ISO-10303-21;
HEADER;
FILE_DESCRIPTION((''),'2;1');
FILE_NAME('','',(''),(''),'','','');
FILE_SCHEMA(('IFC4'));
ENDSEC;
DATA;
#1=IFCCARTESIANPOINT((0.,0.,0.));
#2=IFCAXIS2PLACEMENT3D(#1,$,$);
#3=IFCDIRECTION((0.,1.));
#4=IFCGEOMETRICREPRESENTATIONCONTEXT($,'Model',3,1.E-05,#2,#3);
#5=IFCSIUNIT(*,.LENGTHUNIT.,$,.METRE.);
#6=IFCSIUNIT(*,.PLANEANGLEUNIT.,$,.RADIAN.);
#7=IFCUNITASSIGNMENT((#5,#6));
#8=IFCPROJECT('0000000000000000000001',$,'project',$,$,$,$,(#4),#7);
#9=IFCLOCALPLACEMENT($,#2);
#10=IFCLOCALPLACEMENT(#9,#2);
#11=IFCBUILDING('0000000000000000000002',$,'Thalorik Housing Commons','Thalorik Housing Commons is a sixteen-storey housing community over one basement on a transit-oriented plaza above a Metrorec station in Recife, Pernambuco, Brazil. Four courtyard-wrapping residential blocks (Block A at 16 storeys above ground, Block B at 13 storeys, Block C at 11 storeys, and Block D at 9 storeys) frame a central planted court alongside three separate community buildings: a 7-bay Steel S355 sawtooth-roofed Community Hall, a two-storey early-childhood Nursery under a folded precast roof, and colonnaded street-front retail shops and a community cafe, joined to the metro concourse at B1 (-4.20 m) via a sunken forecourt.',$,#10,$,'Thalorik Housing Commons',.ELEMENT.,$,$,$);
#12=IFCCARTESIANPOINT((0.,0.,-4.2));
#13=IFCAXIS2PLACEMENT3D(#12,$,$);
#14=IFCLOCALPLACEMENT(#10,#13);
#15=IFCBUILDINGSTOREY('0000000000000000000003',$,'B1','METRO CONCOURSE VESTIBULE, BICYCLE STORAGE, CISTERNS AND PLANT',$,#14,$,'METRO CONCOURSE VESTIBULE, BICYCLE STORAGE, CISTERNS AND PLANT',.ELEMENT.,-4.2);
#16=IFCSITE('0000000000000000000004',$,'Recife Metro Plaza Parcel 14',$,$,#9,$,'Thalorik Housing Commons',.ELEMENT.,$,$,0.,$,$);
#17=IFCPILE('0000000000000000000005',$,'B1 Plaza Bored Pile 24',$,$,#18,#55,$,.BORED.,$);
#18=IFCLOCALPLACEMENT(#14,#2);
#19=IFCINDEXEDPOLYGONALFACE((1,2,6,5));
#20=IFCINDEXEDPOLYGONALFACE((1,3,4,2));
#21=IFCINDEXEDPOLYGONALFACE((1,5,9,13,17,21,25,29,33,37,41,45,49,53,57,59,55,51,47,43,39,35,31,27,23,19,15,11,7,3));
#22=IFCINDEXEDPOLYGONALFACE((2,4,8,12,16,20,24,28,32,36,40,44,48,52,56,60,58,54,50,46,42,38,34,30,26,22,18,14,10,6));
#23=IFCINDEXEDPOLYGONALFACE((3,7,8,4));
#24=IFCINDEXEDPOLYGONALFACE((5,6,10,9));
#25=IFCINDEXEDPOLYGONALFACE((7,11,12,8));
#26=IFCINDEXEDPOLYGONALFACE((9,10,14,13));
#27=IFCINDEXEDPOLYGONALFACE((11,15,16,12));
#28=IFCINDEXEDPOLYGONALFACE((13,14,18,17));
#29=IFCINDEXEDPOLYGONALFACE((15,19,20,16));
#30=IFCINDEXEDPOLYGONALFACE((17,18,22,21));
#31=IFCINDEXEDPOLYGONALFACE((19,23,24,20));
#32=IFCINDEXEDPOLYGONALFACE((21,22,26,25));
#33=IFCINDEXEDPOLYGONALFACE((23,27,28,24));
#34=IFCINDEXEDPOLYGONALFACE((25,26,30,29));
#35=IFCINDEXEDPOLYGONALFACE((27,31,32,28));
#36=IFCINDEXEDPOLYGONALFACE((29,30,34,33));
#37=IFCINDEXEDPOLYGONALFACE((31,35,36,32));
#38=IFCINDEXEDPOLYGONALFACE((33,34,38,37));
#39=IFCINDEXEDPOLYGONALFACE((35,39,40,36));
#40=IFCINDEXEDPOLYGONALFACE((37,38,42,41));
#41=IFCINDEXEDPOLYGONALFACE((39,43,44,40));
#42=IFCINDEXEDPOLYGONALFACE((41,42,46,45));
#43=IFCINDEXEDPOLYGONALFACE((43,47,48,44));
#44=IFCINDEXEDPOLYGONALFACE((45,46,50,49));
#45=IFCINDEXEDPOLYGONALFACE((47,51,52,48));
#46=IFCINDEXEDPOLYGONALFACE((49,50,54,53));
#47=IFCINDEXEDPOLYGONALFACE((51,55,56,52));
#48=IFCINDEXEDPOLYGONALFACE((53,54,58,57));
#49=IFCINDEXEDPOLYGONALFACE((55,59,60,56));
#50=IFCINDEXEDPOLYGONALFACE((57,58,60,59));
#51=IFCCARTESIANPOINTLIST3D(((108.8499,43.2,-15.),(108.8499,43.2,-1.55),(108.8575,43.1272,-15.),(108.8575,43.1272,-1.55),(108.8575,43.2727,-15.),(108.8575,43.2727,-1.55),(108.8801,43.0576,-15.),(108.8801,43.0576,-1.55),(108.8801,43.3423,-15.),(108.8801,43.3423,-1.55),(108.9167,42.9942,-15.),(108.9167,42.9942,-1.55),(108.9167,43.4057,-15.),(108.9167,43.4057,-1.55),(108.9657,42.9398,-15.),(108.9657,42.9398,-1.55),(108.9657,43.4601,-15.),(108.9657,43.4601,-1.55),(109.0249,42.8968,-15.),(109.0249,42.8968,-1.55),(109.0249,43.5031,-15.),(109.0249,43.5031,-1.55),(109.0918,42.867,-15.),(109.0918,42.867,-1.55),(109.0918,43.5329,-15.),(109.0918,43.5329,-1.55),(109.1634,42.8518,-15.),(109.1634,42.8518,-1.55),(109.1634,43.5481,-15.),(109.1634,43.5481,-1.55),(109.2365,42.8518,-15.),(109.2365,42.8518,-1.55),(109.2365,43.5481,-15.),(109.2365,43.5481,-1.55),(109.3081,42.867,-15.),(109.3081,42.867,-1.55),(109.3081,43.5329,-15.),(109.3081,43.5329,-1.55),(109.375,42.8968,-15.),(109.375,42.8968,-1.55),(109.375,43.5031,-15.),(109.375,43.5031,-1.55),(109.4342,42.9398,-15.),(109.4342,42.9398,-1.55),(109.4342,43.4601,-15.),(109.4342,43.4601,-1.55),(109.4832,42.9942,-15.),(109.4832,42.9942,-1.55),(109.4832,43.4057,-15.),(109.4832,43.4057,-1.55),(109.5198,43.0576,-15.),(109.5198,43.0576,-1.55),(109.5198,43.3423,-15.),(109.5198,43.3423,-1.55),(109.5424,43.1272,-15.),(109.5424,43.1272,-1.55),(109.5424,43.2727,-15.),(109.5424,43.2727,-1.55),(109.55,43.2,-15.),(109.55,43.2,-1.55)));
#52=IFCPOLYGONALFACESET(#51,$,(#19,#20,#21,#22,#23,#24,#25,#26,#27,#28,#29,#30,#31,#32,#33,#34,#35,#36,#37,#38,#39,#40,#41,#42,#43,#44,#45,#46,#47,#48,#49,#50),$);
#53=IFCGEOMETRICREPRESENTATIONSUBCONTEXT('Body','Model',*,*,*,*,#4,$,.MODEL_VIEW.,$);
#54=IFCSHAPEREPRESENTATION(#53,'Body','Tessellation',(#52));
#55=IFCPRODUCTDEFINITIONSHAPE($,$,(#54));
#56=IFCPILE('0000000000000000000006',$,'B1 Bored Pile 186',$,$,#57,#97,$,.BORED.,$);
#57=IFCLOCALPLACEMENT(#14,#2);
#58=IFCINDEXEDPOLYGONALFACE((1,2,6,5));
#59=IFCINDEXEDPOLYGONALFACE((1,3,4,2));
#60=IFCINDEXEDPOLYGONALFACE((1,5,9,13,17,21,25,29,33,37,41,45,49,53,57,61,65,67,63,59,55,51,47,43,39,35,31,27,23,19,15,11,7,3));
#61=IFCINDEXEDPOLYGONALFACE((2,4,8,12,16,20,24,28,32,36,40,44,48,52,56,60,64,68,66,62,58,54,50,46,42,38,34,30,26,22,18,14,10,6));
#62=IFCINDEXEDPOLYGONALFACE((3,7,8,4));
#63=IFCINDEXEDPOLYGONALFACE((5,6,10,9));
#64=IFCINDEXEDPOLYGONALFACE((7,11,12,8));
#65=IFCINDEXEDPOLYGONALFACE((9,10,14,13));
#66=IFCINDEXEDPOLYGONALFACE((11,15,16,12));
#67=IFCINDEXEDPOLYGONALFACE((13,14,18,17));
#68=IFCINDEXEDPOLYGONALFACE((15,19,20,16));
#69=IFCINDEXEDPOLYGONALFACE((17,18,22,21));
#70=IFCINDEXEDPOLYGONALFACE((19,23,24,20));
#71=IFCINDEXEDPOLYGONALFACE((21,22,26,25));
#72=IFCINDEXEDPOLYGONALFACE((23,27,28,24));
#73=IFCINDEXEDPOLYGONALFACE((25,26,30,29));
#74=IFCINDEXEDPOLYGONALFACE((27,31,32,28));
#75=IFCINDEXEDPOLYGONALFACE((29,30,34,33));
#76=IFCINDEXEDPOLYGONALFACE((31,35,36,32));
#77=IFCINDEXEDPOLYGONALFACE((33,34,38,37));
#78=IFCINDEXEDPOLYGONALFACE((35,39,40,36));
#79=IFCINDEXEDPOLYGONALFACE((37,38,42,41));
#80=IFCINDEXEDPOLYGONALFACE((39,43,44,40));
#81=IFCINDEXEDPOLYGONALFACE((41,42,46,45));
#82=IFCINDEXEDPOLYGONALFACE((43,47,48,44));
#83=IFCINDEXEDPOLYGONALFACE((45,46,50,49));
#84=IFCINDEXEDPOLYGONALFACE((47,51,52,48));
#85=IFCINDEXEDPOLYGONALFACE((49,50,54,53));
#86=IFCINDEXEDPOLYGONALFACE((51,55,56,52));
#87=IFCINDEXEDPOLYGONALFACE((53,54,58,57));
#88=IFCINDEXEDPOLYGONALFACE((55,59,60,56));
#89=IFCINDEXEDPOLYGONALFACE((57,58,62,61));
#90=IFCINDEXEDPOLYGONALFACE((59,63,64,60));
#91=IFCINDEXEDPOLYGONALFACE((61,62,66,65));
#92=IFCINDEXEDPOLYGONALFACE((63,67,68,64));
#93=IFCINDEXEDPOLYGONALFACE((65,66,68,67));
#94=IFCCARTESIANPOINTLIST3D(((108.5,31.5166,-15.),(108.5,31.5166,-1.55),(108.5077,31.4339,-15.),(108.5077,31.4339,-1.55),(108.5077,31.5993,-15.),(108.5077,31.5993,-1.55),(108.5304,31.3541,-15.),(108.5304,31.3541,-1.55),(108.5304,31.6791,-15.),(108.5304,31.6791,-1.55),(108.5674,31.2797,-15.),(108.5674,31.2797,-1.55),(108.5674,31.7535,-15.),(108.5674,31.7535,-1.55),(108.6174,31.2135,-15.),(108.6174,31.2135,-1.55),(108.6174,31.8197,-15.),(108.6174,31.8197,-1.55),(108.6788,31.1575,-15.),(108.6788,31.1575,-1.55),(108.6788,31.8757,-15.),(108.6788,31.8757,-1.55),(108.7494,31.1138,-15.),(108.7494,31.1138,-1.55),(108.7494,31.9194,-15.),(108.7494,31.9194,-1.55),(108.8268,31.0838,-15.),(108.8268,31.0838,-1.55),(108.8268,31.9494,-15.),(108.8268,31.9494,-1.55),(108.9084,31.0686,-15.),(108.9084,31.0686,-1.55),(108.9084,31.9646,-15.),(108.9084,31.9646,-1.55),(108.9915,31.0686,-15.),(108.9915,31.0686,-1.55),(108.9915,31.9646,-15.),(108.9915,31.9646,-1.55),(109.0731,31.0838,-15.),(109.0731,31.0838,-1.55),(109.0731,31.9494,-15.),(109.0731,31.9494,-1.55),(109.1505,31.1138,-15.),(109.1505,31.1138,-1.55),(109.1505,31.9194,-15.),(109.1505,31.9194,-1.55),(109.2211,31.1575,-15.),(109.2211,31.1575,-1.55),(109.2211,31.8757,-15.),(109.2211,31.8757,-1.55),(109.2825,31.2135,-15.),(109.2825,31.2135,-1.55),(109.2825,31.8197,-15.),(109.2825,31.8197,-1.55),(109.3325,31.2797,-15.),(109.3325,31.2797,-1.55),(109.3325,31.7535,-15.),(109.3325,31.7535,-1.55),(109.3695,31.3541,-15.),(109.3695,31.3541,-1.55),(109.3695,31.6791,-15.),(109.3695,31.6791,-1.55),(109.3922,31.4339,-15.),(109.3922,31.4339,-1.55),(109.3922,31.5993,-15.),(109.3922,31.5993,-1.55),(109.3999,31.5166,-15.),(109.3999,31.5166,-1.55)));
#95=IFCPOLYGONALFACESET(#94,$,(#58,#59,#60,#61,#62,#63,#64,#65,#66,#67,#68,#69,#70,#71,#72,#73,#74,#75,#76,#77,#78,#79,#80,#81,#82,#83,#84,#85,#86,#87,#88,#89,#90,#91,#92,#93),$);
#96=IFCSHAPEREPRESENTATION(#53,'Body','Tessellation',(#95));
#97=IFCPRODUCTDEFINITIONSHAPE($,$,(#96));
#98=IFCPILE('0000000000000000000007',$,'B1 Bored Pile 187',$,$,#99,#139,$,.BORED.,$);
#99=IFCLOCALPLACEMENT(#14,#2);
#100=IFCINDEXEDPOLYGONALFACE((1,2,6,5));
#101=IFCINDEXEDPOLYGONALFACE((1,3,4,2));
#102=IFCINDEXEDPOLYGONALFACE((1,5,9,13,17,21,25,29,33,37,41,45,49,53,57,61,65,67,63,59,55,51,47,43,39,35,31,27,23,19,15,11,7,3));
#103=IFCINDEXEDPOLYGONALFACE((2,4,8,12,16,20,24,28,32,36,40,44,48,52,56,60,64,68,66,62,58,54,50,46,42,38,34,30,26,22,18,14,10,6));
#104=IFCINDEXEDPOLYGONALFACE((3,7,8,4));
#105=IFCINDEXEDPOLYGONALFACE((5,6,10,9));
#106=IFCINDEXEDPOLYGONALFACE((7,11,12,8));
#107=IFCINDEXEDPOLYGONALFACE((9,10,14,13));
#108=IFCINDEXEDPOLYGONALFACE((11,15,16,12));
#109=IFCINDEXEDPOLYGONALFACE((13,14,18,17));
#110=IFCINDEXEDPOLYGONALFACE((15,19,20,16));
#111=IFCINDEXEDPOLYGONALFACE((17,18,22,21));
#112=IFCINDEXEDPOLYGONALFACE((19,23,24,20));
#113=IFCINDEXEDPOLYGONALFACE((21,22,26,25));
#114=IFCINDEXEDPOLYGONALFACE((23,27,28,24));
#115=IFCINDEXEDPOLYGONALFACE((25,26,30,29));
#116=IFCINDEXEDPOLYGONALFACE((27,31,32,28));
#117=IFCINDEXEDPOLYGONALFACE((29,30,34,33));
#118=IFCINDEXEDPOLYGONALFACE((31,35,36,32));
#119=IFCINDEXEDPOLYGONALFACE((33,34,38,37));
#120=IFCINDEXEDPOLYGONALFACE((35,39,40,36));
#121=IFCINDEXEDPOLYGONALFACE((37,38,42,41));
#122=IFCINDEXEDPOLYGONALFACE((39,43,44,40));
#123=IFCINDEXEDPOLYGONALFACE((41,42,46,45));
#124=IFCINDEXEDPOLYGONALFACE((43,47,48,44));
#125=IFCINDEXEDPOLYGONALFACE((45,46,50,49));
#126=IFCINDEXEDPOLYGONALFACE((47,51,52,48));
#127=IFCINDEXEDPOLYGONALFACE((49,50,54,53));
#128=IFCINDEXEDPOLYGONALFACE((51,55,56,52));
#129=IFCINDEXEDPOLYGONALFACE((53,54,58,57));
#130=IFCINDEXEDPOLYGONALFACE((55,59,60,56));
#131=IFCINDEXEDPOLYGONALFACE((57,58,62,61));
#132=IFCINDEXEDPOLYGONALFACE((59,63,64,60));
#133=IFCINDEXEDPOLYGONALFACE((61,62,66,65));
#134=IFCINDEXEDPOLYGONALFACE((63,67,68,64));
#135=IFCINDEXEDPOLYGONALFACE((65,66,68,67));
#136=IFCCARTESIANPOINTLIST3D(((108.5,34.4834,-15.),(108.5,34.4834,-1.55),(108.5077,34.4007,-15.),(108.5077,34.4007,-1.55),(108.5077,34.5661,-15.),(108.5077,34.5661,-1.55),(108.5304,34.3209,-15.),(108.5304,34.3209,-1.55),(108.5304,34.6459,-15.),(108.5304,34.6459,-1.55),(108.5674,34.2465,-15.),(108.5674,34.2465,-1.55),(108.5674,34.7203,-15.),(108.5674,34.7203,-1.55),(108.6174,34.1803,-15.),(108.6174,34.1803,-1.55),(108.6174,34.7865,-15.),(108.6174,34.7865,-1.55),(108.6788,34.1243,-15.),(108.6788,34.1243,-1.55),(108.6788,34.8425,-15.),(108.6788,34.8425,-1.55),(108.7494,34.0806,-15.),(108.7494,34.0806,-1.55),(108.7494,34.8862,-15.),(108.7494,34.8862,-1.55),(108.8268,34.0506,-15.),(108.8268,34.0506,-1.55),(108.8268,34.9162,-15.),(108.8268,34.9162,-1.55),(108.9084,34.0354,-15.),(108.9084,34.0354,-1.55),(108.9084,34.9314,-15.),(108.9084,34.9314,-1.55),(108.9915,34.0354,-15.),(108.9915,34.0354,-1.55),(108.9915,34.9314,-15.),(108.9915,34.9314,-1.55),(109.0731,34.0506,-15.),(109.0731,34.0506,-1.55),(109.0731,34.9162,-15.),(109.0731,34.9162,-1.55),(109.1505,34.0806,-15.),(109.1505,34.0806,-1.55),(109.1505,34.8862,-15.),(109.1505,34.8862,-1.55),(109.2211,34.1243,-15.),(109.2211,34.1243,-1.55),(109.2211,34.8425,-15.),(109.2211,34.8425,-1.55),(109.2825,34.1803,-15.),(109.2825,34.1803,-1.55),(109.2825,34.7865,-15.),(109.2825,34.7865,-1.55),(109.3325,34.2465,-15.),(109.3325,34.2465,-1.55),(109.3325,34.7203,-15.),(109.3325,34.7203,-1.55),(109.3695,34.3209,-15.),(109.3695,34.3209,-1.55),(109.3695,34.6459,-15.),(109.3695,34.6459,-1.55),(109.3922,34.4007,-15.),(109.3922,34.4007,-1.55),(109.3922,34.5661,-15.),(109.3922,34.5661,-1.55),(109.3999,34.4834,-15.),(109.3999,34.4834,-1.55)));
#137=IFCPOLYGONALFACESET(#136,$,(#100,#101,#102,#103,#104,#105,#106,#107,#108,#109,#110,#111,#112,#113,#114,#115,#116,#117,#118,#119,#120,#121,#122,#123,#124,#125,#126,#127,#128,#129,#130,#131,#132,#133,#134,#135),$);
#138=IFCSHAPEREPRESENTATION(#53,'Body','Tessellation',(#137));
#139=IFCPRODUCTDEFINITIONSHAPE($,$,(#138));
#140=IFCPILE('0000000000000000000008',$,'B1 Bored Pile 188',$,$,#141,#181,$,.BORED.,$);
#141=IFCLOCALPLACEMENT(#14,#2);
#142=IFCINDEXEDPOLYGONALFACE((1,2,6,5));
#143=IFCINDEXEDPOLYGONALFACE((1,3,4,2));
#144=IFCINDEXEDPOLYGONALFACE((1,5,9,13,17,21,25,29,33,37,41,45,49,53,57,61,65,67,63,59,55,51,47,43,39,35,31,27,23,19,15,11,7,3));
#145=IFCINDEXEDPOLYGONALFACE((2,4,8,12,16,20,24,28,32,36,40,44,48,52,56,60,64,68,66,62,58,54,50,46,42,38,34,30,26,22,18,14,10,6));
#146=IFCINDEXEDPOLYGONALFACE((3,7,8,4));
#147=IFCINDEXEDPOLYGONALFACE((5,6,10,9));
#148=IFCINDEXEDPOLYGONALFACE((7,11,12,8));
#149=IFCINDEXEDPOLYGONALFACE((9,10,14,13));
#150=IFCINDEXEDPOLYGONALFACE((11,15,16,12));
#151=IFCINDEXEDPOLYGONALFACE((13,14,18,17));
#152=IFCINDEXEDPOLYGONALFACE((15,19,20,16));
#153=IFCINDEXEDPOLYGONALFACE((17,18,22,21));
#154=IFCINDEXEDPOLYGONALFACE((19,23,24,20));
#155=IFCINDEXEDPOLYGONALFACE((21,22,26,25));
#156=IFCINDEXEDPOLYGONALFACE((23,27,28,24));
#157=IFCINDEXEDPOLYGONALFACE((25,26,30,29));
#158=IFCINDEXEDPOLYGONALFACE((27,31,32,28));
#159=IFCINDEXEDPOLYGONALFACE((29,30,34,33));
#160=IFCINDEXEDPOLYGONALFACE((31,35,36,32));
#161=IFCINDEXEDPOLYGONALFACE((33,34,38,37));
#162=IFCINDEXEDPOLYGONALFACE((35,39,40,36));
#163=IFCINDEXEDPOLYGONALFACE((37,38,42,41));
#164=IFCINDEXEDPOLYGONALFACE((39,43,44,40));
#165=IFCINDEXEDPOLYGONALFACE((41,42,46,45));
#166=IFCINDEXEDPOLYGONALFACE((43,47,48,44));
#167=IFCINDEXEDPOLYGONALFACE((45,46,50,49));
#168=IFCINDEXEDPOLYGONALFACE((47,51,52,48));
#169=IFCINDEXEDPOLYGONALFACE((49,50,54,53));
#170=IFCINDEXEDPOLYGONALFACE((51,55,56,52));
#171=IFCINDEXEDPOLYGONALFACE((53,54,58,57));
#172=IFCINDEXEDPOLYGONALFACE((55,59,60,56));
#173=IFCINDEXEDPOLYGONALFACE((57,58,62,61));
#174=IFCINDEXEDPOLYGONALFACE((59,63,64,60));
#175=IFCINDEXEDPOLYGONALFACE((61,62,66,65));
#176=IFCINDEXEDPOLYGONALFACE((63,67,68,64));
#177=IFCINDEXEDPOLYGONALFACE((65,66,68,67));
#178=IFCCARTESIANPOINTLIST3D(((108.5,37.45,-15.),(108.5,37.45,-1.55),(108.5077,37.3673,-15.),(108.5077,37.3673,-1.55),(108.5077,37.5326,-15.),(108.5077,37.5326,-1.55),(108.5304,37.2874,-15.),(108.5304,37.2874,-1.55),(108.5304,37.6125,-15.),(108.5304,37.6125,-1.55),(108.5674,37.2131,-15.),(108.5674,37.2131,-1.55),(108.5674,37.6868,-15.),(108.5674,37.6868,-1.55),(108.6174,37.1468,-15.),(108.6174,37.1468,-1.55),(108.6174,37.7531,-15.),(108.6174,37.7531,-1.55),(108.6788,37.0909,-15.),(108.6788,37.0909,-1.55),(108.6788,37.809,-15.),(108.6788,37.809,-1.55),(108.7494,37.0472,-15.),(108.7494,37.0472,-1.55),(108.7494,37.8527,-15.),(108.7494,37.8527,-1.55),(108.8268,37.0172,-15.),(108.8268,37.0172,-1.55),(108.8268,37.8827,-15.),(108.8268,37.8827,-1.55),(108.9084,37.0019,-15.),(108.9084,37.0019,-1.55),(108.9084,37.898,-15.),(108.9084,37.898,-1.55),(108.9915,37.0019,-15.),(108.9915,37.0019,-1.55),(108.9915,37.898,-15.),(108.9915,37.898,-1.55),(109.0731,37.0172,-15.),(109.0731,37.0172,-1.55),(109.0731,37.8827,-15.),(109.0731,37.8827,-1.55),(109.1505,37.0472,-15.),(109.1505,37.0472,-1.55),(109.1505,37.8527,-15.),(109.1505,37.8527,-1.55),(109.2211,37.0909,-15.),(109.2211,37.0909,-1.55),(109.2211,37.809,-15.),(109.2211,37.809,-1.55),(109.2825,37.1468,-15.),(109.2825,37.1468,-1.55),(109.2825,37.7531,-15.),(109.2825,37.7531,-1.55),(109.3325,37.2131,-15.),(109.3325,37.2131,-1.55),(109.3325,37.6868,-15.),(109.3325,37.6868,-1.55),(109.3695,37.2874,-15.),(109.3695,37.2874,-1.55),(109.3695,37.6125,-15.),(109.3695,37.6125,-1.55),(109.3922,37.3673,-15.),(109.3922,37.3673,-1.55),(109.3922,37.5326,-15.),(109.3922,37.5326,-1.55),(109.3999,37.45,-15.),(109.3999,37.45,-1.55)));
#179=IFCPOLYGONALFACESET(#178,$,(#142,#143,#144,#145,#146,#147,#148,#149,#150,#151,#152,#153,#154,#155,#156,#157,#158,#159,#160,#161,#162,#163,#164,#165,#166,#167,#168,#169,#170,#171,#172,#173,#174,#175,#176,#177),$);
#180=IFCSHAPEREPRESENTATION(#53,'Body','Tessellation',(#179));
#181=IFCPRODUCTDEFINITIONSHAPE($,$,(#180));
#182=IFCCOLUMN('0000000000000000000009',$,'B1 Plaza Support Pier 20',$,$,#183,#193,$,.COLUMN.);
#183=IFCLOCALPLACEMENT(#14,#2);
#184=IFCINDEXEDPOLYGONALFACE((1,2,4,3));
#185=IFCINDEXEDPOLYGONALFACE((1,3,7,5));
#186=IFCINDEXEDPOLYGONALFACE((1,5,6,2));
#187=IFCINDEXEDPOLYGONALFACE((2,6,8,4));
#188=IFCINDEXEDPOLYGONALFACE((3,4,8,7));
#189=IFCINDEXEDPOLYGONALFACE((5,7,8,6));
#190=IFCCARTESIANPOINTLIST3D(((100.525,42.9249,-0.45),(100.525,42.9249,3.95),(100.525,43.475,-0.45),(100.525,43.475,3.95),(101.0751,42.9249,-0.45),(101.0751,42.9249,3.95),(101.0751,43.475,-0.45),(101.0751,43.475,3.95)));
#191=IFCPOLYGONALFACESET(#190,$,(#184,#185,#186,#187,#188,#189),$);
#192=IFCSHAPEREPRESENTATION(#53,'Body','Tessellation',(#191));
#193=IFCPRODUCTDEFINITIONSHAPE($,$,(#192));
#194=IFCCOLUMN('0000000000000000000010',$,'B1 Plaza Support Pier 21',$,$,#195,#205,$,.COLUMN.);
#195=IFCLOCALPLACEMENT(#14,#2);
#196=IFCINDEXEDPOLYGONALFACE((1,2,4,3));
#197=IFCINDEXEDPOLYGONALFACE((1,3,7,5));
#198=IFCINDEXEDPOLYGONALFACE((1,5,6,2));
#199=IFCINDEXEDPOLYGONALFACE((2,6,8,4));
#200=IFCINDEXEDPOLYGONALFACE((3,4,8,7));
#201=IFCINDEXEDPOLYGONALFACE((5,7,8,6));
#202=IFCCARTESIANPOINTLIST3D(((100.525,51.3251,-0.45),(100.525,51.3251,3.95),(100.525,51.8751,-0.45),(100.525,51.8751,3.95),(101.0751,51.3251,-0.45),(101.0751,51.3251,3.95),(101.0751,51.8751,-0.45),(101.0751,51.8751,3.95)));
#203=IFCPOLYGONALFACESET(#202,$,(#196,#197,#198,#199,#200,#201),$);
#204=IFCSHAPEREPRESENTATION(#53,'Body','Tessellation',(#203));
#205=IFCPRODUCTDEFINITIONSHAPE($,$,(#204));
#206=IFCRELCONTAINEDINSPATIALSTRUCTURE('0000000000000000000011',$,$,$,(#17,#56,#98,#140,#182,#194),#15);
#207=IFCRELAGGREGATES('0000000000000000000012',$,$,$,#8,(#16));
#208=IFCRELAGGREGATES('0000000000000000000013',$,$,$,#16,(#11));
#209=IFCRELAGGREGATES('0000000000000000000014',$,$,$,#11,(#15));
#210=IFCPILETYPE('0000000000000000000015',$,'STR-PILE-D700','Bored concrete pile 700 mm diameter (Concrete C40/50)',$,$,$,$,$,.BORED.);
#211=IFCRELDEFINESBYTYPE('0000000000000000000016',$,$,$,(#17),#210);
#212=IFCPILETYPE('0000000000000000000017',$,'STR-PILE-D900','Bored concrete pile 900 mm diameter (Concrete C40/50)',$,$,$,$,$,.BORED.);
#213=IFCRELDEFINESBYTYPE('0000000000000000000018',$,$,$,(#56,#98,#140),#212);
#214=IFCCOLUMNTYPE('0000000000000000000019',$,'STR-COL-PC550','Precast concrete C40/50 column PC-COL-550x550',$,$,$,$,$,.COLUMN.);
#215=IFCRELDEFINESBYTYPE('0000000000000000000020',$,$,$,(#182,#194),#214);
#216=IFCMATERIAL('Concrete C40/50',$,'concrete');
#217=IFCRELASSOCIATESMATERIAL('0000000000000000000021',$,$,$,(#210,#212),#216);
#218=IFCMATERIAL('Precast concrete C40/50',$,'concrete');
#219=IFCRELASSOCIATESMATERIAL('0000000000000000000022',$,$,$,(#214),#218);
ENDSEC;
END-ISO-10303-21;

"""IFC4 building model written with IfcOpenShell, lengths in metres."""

from ifc_helpers import new_model, si_unit, direction, frame, origin, origin_2d, place, context, subcontext, project, spatial, rectangle, circle, extrude, material, material_profile, profile_set, type_object, element, save


model = new_model("IFC4")

# Units and contexts
model_context = context("Model", 3, precision=1e-05, world=origin(), true_north=direction((0.0, 1.0)))
body_context = subcontext(model_context, "Body", "Model", "MODEL_VIEW")
ifc_project = project(units=[si_unit("LENGTHUNIT", "METRE"), si_unit("PLANEANGLEUNIT", "RADIAN")], contexts=[model_context])

# Site, building, storey
site_placement = place(None, origin())
site = spatial("IfcSite", under=ifc_project, at=site_placement, Name="Recife Metro Plaza Parcel 14", LongName="Thalorik Housing Commons", CompositionType="ELEMENT", RefElevation=0.0)
building_placement = place(site_placement, origin())
building = spatial("IfcBuilding", under=site, at=building_placement, Name="Thalorik Housing Commons", Description="Thalorik Housing Commons is a sixteen-storey housing community over one basement on a transit-oriented plaza above a Metrorec station in Recife, Pernambuco, Brazil. Four courtyard-wrapping residential blocks (Block A at 16 storeys above ground, Block B at 13 storeys, Block C at 11 storeys, and Block D at 9 storeys) frame a central planted court alongside three separate community buildings: a 7-bay Steel S355 sawtooth-roofed Community Hall, a two-storey early-childhood Nursery under a folded precast roof, and colonnaded street-front retail shops and a community cafe, joined to the metro concourse at B1 (-4.20 m) via a sunken forecourt.", LongName="Thalorik Housing Commons", CompositionType="ELEMENT")
storey_placement = place(building_placement, frame((0.0, 0.0, -4.2)))
storey = spatial("IfcBuildingStorey", under=building, at=storey_placement, Name="B1", Description="METRO CONCOURSE VESTIBULE, BICYCLE STORAGE, CISTERNS AND PLANT", LongName="METRO CONCOURSE VESTIBULE, BICYCLE STORAGE, CISTERNS AND PLANT", CompositionType="ELEMENT", Elevation=-4.2)

# Shared definitions
ifc_material_1 = material(Name="Concrete C40/50", Category="concrete")

# Piles
ifc_material_profile_1 = material_profile(ifc_material_1, circle(Radius=0.3501, at=origin_2d()), Name="BORED PILE D700", Category="concrete")
ifc_profile_set_1 = profile_set([ifc_material_profile_1], Name="Concrete C40/50")
pile_type_1 = type_object("IfcPileType", Name="STR-PILE-D700", Description="Bored concrete pile 700 mm diameter (Concrete C40/50)", PredefinedType="BORED", material=ifc_profile_set_1)
for number, where, z_axis, x_axis, name in (
    (1, (109.2, 43.2, -1.55), (0.0, 0.0, -1.0), (1.0, 0.0, 0.0), "B1 Plaza Bored Pile 24"),
):
    element("IfcPile", number, at=place(storey_placement, frame(where, z_axis=z_axis, x_axis=x_axis)), inside=storey, type_object=pile_type_1, Name=name, PredefinedType="BORED", context=body_context, shape_type="SweptSolid", body=[
        extrude(circle(Radius=0.3501, at=origin_2d()), origin(), (0.0, 0.0, 1.0), 13.45),
    ])
ifc_material_profile_2 = material_profile(ifc_material_1, circle(Radius=0.45, at=origin_2d()), Name="BORED PILE D900", Category="concrete")
ifc_profile_set_2 = profile_set([ifc_material_profile_2], Name="Concrete C40/50")
pile_type_2 = type_object("IfcPileType", Name="STR-PILE-D900", Description="Bored concrete pile 900 mm diameter (Concrete C40/50)", PredefinedType="BORED", material=ifc_profile_set_2)
for number, where, z_axis, x_axis, name in (
    (2, (108.95, 31.5166, -1.55), (0.0, 0.0, -1.0), (1.0, 0.0, 0.0), "B1 Bored Pile 186"),
    (3, (108.95, 34.4834, -1.55), (0.0, 0.0, -1.0), (1.0, 0.0, 0.0), "B1 Bored Pile 187"),
    (4, (108.95, 37.45, -1.55), (0.0, 0.0, -1.0), (1.0, 0.0, 0.0), "B1 Bored Pile 188"),
):
    element("IfcPile", number, at=place(storey_placement, frame(where, z_axis=z_axis, x_axis=x_axis)), inside=storey, type_object=pile_type_2, Name=name, PredefinedType="BORED", context=body_context, shape_type="SweptSolid", body=[
        extrude(circle(Radius=0.45, at=origin_2d()), origin(), (0.0, 0.0, 1.0), 13.45),
    ])

# Columns
ifc_material_2 = material(Name="Precast concrete C40/50", Category="concrete")
ifc_material_profile_3 = material_profile(ifc_material_2, rectangle(XDim=0.55, YDim=0.55, at=origin_2d()), Name="PC 550x550", Category="concrete")
ifc_profile_set_3 = profile_set([ifc_material_profile_3], Name="Precast concrete C40/50")
column_type_1 = type_object("IfcColumnType", Name="STR-COL-PC550", Description="Precast concrete C40/50 column PC-COL-550x550", PredefinedType="COLUMN", material=ifc_profile_set_3)
for number, where, z_axis, x_axis, name in (
    (5, (100.8, 43.2, -0.45), (0.0, 0.0, 1.0), (1.0, 0.0, 0.0), "B1 Plaza Support Pier 20"),
    (6, (100.8, 51.6001, -0.45), (0.0, 0.0, 1.0), (1.0, 0.0, 0.0), "B1 Plaza Support Pier 21"),
):
    element("IfcColumn", number, at=place(storey_placement, frame(where, z_axis=z_axis, x_axis=x_axis)), inside=storey, type_object=column_type_1, Name=name, PredefinedType="COLUMN", context=body_context, shape_type="SweptSolid", body=[
        extrude(rectangle(XDim=0.55, YDim=0.55, at=origin_2d()), origin(), (0.0, 0.0, 1.0), 4.3999),
    ])

save(model, "model.ifc")
